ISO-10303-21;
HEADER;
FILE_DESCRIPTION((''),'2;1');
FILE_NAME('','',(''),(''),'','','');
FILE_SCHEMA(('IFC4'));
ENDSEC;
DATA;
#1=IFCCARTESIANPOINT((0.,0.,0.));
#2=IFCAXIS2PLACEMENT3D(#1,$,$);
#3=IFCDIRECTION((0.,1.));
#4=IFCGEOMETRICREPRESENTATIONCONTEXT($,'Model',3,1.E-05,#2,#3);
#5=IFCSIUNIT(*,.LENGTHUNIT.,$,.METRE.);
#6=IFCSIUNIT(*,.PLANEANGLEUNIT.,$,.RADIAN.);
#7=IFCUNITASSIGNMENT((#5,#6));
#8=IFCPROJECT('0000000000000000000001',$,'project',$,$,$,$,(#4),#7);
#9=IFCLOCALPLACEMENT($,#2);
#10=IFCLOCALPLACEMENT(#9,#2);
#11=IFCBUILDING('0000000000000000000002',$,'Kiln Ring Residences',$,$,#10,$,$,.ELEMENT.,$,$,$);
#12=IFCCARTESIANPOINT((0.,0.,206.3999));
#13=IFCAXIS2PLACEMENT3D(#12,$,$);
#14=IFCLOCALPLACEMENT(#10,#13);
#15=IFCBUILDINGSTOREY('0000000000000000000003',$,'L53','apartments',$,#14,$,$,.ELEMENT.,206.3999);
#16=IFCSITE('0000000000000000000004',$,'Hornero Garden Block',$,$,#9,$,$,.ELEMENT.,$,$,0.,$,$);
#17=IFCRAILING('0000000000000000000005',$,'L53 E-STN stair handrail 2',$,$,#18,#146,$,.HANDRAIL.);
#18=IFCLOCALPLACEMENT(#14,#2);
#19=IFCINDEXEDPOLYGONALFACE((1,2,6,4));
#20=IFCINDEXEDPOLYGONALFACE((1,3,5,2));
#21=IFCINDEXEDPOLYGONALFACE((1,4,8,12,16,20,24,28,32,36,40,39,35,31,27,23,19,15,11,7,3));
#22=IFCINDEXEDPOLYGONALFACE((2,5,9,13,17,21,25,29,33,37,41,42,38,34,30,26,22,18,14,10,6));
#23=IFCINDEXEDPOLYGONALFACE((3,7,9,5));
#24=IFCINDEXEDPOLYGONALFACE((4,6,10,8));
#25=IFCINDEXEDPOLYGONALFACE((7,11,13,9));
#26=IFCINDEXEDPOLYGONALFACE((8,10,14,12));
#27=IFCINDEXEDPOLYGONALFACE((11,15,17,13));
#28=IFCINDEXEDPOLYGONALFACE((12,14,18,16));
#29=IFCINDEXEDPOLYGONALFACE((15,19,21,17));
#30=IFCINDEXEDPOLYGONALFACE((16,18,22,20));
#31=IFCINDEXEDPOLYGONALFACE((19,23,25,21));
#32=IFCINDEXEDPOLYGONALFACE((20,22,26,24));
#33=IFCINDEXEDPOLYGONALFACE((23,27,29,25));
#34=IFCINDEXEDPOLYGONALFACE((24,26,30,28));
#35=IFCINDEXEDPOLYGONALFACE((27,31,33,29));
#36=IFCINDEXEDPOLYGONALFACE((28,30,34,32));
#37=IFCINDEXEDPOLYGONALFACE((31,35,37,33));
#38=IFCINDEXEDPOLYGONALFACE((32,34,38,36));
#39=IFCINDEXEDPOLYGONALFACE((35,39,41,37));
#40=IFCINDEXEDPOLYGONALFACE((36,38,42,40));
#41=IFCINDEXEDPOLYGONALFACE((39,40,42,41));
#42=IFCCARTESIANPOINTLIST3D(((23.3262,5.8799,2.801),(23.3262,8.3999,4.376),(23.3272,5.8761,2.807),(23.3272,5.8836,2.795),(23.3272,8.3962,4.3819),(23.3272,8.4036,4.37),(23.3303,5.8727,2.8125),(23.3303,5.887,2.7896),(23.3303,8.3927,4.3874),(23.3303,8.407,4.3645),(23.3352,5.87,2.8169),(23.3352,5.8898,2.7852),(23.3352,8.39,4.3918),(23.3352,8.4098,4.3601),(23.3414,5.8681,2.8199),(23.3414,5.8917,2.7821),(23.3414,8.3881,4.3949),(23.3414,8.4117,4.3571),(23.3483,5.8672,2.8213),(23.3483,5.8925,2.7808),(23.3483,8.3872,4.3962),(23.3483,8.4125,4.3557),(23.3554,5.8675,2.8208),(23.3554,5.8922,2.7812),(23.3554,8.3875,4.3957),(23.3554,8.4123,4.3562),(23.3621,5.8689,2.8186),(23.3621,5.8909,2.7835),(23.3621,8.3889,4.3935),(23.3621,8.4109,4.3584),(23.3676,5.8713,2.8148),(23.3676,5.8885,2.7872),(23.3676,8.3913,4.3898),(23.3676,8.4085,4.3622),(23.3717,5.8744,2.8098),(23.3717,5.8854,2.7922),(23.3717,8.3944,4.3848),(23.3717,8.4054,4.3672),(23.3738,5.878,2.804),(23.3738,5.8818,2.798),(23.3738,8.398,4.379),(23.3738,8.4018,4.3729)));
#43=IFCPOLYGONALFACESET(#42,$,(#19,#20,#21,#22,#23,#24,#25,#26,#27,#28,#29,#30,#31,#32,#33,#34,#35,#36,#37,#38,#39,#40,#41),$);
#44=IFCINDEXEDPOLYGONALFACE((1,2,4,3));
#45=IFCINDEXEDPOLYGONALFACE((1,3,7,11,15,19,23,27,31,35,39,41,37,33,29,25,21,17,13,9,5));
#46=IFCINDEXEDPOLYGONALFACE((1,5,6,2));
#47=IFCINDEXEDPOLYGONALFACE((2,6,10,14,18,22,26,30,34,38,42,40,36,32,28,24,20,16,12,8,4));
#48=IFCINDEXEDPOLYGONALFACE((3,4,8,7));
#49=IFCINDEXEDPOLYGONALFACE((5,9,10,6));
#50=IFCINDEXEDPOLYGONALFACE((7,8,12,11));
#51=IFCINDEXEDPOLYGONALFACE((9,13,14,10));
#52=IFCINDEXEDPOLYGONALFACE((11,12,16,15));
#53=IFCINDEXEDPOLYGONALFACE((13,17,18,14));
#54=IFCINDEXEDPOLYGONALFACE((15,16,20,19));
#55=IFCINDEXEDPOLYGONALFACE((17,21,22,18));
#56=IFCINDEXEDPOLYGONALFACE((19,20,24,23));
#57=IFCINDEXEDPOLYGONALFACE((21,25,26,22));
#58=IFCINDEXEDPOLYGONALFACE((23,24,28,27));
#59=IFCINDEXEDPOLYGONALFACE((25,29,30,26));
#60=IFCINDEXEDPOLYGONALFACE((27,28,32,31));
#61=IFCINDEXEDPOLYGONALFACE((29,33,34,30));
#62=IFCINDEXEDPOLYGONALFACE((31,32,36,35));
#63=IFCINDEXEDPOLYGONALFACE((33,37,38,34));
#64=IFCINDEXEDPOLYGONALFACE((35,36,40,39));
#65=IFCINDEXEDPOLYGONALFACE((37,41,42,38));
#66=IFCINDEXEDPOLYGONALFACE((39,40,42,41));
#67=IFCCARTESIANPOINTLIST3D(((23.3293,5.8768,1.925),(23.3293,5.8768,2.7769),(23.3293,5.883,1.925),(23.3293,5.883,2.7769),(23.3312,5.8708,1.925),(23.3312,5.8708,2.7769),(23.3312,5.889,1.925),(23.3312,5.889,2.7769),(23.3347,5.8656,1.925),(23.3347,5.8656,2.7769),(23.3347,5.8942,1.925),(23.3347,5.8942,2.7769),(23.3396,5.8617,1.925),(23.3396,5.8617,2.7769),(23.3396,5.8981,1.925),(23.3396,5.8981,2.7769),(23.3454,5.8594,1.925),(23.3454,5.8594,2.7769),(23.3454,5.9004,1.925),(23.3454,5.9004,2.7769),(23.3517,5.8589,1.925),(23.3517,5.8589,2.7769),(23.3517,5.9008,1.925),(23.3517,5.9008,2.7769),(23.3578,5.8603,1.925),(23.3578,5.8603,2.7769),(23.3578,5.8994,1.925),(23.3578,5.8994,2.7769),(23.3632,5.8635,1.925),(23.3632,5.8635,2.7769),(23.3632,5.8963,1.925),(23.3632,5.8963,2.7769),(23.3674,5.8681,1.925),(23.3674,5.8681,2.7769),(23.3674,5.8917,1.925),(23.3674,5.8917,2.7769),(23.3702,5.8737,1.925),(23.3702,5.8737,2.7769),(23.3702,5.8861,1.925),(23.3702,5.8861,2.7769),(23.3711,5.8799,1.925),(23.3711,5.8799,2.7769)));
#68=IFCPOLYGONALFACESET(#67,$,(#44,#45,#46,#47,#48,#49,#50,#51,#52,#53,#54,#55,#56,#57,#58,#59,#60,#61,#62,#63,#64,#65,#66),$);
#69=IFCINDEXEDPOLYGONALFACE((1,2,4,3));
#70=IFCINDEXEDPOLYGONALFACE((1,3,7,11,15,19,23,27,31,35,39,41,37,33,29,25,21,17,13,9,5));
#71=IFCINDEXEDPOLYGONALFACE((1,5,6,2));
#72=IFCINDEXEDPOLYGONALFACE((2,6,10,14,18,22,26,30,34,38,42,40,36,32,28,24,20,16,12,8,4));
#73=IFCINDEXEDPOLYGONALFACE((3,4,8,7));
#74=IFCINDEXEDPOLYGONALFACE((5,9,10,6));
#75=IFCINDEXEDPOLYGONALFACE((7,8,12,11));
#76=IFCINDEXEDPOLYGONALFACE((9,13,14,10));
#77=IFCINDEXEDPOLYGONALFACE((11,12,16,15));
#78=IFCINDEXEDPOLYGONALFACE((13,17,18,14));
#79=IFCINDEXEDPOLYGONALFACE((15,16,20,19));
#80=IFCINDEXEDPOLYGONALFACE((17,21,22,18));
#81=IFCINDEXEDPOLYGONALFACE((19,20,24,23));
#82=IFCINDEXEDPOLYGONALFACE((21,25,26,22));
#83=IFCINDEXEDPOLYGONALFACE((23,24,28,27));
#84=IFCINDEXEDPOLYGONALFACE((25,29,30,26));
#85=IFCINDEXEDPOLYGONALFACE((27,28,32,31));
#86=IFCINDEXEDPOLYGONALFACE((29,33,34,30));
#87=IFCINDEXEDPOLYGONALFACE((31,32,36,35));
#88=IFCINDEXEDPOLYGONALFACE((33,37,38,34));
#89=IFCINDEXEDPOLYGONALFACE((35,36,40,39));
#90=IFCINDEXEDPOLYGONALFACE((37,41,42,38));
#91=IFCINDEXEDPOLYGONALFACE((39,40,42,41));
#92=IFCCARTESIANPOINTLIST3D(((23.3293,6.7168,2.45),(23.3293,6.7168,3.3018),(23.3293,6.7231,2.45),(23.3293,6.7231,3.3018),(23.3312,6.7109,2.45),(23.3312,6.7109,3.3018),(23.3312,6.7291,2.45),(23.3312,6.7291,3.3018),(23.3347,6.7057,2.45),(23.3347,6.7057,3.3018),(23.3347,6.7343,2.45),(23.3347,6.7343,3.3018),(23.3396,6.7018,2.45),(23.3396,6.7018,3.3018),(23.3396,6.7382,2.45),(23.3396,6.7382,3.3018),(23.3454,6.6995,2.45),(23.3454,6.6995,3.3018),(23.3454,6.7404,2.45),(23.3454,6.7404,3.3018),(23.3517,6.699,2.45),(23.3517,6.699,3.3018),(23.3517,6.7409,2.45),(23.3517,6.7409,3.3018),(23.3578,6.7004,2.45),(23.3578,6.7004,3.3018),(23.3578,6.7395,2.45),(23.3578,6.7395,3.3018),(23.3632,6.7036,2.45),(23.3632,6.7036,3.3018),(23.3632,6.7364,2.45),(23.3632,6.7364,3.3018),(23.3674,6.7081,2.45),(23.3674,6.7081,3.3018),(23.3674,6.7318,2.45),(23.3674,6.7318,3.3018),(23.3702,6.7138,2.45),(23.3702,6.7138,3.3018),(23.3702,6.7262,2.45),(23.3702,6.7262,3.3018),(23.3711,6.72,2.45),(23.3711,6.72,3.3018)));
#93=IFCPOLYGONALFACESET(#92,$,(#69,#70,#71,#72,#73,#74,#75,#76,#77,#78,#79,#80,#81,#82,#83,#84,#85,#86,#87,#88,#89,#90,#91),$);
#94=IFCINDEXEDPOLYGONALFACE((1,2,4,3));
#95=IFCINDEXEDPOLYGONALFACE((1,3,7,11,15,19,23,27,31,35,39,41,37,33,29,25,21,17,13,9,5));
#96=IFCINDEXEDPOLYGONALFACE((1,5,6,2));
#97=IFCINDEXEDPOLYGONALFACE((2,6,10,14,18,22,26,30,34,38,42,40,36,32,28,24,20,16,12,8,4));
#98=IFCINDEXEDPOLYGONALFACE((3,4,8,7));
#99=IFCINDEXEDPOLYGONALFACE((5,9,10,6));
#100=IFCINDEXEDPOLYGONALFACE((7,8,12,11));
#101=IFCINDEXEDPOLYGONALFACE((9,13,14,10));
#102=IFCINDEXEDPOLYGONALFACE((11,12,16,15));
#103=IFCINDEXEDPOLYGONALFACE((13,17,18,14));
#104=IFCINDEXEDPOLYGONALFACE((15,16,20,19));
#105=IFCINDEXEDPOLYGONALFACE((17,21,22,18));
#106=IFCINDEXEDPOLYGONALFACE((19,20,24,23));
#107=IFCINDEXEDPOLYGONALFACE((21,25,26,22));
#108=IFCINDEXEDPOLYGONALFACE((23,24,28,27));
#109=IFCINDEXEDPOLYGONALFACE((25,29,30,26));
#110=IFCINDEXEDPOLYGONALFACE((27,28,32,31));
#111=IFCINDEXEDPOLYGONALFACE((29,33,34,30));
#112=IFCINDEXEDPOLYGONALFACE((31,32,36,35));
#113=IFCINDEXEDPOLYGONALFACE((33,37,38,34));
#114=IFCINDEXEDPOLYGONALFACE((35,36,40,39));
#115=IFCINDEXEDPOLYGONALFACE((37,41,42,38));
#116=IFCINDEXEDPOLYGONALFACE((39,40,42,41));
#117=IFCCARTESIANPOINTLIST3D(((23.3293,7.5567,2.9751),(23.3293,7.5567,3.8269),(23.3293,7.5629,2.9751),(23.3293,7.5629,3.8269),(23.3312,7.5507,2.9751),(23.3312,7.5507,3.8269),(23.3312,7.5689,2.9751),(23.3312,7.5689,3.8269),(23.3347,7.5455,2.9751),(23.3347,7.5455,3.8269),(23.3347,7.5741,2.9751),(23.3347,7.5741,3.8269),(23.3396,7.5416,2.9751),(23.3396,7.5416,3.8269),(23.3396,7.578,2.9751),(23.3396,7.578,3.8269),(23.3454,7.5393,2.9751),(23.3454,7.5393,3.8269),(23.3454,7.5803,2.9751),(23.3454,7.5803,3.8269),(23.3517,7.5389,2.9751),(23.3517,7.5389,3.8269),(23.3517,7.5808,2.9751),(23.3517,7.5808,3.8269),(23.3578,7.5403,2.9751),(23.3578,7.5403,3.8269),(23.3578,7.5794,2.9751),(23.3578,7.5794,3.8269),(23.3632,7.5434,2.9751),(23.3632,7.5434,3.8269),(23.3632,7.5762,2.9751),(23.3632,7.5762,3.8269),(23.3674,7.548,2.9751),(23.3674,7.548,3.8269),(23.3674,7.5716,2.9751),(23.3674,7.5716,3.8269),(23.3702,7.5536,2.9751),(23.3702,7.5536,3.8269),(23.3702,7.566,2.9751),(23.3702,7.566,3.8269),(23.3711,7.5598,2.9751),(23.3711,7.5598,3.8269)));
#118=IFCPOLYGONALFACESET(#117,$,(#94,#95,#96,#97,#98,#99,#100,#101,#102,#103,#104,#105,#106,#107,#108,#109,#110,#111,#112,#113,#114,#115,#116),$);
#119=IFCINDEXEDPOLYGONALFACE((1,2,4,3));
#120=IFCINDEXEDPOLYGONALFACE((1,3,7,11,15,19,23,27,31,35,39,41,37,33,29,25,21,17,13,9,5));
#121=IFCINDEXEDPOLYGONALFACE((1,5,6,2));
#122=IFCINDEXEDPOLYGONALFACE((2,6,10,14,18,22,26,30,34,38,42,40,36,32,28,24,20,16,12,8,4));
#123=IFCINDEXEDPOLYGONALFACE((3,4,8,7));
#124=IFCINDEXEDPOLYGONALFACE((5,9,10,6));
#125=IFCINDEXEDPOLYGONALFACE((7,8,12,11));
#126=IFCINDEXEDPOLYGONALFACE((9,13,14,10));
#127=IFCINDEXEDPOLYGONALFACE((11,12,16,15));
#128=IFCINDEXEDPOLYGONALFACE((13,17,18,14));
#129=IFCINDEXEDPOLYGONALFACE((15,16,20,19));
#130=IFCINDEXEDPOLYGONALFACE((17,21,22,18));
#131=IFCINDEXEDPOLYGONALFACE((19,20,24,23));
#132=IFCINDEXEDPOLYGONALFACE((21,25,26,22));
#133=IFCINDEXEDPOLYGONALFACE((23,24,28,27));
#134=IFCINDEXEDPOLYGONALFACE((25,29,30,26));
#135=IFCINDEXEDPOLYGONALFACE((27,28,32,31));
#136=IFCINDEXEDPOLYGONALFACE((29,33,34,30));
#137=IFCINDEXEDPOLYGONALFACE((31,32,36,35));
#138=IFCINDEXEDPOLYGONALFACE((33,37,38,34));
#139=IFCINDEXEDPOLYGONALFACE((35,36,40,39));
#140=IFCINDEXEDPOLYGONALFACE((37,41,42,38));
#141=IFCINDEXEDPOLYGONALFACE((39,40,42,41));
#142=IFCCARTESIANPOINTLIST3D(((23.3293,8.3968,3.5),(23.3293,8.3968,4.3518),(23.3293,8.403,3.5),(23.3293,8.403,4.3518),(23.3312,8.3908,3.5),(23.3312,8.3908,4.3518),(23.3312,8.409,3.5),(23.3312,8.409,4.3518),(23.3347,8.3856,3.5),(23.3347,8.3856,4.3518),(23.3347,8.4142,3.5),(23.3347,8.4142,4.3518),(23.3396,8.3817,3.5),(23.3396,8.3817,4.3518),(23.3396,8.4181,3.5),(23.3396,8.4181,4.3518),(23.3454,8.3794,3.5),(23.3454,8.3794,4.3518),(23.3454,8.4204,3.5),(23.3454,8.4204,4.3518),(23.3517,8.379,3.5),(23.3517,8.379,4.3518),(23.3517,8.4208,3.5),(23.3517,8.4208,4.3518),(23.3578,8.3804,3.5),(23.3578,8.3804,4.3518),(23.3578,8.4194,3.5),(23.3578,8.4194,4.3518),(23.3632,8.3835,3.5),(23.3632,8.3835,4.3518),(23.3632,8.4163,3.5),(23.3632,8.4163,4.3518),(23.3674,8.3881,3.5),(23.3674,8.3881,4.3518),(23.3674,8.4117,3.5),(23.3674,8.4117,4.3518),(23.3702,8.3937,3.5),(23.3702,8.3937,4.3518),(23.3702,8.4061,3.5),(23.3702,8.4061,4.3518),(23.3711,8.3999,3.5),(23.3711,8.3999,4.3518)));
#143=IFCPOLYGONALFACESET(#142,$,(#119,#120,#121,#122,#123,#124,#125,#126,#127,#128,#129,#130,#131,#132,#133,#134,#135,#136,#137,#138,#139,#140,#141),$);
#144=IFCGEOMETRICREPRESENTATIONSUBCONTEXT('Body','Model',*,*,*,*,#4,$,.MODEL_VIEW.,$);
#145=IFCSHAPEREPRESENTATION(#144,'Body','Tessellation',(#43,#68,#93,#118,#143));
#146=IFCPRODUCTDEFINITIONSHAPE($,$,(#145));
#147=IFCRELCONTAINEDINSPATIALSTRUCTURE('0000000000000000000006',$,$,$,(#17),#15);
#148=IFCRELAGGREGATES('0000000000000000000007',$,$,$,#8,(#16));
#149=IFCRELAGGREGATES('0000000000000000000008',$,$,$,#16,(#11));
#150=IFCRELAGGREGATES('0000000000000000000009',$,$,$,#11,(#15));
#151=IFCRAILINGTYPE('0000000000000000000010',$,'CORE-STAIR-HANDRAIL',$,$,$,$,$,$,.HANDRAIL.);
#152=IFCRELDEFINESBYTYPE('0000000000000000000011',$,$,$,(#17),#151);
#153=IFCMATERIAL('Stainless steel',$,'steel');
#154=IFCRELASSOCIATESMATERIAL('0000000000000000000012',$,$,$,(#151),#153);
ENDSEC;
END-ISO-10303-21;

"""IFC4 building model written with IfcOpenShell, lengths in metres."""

from ifc_helpers import new_model, si_unit, direction, frame, origin, origin_2d, place, context, subcontext, project, spatial, circle, extrude, material, type_object, element, save


model = new_model("IFC4")

# Units and contexts
model_context = context("Model", 3, precision=1e-05, world=origin(), true_north=direction((0.0, 1.0)))
body_context = subcontext(model_context, "Body", "Model", "MODEL_VIEW")
ifc_project = project(units=[si_unit("LENGTHUNIT", "METRE"), si_unit("PLANEANGLEUNIT", "RADIAN")], contexts=[model_context])

# Site, building, storey
site_placement = place(None, origin())
site = spatial("IfcSite", under=ifc_project, at=site_placement, Name="Hornero Garden Block", CompositionType="ELEMENT", RefElevation=0.0)
building_placement = place(site_placement, origin())
building = spatial("IfcBuilding", under=site, at=building_placement, Name="Kiln Ring Residences", CompositionType="ELEMENT")
storey_placement = place(building_placement, frame((0.0, 0.0, 206.3999)))
storey = spatial("IfcBuildingStorey", under=building, at=storey_placement, Name="L53", Description="apartments", CompositionType="ELEMENT", Elevation=206.3999)

# Railing
ifc_material_1 = material(Name="Stainless steel", Category="steel")
railing_type_1 = type_object("IfcRailingType", Name="CORE-STAIR-HANDRAIL", PredefinedType="HANDRAIL", material=ifc_material_1)
railing_1_placement = place(storey_placement, frame((23.3501, 5.8799, 1.925)))
element("IfcRailing", 1, at=railing_1_placement, inside=storey, type_object=railing_type_1, Name="L53 E-STN stair handrail 2", PredefinedType="HANDRAIL", context=body_context, shape_type="SweptSolid", body=[
    extrude(circle(Radius=0.0239, at=origin_2d()), frame((0.0, 0.0, 0.876), z_axis=(0.0, 0.848008, 0.529984), x_axis=(-1.0, 0.0, 0.0)), (0.0, 0.0, 1.0), 2.9717),
    extrude(circle(Radius=0.021, at=origin_2d()), origin(), (0.0, 0.0, 1.0), 0.8518),
    extrude(circle(Radius=0.021, at=origin_2d()), frame((0.0, 0.8401, 0.5249)), (0.0, 0.0, 1.0), 0.8518),
    extrude(circle(Radius=0.021, at=origin_2d()), frame((0.0, 1.6799, 1.05)), (0.0, 0.0, 1.0), 0.8518),
    extrude(circle(Radius=0.021, at=origin_2d()), frame((0.0, 2.52, 1.575)), (0.0, 0.0, 1.0), 0.8518),
])

save(model, "model.ifc")
